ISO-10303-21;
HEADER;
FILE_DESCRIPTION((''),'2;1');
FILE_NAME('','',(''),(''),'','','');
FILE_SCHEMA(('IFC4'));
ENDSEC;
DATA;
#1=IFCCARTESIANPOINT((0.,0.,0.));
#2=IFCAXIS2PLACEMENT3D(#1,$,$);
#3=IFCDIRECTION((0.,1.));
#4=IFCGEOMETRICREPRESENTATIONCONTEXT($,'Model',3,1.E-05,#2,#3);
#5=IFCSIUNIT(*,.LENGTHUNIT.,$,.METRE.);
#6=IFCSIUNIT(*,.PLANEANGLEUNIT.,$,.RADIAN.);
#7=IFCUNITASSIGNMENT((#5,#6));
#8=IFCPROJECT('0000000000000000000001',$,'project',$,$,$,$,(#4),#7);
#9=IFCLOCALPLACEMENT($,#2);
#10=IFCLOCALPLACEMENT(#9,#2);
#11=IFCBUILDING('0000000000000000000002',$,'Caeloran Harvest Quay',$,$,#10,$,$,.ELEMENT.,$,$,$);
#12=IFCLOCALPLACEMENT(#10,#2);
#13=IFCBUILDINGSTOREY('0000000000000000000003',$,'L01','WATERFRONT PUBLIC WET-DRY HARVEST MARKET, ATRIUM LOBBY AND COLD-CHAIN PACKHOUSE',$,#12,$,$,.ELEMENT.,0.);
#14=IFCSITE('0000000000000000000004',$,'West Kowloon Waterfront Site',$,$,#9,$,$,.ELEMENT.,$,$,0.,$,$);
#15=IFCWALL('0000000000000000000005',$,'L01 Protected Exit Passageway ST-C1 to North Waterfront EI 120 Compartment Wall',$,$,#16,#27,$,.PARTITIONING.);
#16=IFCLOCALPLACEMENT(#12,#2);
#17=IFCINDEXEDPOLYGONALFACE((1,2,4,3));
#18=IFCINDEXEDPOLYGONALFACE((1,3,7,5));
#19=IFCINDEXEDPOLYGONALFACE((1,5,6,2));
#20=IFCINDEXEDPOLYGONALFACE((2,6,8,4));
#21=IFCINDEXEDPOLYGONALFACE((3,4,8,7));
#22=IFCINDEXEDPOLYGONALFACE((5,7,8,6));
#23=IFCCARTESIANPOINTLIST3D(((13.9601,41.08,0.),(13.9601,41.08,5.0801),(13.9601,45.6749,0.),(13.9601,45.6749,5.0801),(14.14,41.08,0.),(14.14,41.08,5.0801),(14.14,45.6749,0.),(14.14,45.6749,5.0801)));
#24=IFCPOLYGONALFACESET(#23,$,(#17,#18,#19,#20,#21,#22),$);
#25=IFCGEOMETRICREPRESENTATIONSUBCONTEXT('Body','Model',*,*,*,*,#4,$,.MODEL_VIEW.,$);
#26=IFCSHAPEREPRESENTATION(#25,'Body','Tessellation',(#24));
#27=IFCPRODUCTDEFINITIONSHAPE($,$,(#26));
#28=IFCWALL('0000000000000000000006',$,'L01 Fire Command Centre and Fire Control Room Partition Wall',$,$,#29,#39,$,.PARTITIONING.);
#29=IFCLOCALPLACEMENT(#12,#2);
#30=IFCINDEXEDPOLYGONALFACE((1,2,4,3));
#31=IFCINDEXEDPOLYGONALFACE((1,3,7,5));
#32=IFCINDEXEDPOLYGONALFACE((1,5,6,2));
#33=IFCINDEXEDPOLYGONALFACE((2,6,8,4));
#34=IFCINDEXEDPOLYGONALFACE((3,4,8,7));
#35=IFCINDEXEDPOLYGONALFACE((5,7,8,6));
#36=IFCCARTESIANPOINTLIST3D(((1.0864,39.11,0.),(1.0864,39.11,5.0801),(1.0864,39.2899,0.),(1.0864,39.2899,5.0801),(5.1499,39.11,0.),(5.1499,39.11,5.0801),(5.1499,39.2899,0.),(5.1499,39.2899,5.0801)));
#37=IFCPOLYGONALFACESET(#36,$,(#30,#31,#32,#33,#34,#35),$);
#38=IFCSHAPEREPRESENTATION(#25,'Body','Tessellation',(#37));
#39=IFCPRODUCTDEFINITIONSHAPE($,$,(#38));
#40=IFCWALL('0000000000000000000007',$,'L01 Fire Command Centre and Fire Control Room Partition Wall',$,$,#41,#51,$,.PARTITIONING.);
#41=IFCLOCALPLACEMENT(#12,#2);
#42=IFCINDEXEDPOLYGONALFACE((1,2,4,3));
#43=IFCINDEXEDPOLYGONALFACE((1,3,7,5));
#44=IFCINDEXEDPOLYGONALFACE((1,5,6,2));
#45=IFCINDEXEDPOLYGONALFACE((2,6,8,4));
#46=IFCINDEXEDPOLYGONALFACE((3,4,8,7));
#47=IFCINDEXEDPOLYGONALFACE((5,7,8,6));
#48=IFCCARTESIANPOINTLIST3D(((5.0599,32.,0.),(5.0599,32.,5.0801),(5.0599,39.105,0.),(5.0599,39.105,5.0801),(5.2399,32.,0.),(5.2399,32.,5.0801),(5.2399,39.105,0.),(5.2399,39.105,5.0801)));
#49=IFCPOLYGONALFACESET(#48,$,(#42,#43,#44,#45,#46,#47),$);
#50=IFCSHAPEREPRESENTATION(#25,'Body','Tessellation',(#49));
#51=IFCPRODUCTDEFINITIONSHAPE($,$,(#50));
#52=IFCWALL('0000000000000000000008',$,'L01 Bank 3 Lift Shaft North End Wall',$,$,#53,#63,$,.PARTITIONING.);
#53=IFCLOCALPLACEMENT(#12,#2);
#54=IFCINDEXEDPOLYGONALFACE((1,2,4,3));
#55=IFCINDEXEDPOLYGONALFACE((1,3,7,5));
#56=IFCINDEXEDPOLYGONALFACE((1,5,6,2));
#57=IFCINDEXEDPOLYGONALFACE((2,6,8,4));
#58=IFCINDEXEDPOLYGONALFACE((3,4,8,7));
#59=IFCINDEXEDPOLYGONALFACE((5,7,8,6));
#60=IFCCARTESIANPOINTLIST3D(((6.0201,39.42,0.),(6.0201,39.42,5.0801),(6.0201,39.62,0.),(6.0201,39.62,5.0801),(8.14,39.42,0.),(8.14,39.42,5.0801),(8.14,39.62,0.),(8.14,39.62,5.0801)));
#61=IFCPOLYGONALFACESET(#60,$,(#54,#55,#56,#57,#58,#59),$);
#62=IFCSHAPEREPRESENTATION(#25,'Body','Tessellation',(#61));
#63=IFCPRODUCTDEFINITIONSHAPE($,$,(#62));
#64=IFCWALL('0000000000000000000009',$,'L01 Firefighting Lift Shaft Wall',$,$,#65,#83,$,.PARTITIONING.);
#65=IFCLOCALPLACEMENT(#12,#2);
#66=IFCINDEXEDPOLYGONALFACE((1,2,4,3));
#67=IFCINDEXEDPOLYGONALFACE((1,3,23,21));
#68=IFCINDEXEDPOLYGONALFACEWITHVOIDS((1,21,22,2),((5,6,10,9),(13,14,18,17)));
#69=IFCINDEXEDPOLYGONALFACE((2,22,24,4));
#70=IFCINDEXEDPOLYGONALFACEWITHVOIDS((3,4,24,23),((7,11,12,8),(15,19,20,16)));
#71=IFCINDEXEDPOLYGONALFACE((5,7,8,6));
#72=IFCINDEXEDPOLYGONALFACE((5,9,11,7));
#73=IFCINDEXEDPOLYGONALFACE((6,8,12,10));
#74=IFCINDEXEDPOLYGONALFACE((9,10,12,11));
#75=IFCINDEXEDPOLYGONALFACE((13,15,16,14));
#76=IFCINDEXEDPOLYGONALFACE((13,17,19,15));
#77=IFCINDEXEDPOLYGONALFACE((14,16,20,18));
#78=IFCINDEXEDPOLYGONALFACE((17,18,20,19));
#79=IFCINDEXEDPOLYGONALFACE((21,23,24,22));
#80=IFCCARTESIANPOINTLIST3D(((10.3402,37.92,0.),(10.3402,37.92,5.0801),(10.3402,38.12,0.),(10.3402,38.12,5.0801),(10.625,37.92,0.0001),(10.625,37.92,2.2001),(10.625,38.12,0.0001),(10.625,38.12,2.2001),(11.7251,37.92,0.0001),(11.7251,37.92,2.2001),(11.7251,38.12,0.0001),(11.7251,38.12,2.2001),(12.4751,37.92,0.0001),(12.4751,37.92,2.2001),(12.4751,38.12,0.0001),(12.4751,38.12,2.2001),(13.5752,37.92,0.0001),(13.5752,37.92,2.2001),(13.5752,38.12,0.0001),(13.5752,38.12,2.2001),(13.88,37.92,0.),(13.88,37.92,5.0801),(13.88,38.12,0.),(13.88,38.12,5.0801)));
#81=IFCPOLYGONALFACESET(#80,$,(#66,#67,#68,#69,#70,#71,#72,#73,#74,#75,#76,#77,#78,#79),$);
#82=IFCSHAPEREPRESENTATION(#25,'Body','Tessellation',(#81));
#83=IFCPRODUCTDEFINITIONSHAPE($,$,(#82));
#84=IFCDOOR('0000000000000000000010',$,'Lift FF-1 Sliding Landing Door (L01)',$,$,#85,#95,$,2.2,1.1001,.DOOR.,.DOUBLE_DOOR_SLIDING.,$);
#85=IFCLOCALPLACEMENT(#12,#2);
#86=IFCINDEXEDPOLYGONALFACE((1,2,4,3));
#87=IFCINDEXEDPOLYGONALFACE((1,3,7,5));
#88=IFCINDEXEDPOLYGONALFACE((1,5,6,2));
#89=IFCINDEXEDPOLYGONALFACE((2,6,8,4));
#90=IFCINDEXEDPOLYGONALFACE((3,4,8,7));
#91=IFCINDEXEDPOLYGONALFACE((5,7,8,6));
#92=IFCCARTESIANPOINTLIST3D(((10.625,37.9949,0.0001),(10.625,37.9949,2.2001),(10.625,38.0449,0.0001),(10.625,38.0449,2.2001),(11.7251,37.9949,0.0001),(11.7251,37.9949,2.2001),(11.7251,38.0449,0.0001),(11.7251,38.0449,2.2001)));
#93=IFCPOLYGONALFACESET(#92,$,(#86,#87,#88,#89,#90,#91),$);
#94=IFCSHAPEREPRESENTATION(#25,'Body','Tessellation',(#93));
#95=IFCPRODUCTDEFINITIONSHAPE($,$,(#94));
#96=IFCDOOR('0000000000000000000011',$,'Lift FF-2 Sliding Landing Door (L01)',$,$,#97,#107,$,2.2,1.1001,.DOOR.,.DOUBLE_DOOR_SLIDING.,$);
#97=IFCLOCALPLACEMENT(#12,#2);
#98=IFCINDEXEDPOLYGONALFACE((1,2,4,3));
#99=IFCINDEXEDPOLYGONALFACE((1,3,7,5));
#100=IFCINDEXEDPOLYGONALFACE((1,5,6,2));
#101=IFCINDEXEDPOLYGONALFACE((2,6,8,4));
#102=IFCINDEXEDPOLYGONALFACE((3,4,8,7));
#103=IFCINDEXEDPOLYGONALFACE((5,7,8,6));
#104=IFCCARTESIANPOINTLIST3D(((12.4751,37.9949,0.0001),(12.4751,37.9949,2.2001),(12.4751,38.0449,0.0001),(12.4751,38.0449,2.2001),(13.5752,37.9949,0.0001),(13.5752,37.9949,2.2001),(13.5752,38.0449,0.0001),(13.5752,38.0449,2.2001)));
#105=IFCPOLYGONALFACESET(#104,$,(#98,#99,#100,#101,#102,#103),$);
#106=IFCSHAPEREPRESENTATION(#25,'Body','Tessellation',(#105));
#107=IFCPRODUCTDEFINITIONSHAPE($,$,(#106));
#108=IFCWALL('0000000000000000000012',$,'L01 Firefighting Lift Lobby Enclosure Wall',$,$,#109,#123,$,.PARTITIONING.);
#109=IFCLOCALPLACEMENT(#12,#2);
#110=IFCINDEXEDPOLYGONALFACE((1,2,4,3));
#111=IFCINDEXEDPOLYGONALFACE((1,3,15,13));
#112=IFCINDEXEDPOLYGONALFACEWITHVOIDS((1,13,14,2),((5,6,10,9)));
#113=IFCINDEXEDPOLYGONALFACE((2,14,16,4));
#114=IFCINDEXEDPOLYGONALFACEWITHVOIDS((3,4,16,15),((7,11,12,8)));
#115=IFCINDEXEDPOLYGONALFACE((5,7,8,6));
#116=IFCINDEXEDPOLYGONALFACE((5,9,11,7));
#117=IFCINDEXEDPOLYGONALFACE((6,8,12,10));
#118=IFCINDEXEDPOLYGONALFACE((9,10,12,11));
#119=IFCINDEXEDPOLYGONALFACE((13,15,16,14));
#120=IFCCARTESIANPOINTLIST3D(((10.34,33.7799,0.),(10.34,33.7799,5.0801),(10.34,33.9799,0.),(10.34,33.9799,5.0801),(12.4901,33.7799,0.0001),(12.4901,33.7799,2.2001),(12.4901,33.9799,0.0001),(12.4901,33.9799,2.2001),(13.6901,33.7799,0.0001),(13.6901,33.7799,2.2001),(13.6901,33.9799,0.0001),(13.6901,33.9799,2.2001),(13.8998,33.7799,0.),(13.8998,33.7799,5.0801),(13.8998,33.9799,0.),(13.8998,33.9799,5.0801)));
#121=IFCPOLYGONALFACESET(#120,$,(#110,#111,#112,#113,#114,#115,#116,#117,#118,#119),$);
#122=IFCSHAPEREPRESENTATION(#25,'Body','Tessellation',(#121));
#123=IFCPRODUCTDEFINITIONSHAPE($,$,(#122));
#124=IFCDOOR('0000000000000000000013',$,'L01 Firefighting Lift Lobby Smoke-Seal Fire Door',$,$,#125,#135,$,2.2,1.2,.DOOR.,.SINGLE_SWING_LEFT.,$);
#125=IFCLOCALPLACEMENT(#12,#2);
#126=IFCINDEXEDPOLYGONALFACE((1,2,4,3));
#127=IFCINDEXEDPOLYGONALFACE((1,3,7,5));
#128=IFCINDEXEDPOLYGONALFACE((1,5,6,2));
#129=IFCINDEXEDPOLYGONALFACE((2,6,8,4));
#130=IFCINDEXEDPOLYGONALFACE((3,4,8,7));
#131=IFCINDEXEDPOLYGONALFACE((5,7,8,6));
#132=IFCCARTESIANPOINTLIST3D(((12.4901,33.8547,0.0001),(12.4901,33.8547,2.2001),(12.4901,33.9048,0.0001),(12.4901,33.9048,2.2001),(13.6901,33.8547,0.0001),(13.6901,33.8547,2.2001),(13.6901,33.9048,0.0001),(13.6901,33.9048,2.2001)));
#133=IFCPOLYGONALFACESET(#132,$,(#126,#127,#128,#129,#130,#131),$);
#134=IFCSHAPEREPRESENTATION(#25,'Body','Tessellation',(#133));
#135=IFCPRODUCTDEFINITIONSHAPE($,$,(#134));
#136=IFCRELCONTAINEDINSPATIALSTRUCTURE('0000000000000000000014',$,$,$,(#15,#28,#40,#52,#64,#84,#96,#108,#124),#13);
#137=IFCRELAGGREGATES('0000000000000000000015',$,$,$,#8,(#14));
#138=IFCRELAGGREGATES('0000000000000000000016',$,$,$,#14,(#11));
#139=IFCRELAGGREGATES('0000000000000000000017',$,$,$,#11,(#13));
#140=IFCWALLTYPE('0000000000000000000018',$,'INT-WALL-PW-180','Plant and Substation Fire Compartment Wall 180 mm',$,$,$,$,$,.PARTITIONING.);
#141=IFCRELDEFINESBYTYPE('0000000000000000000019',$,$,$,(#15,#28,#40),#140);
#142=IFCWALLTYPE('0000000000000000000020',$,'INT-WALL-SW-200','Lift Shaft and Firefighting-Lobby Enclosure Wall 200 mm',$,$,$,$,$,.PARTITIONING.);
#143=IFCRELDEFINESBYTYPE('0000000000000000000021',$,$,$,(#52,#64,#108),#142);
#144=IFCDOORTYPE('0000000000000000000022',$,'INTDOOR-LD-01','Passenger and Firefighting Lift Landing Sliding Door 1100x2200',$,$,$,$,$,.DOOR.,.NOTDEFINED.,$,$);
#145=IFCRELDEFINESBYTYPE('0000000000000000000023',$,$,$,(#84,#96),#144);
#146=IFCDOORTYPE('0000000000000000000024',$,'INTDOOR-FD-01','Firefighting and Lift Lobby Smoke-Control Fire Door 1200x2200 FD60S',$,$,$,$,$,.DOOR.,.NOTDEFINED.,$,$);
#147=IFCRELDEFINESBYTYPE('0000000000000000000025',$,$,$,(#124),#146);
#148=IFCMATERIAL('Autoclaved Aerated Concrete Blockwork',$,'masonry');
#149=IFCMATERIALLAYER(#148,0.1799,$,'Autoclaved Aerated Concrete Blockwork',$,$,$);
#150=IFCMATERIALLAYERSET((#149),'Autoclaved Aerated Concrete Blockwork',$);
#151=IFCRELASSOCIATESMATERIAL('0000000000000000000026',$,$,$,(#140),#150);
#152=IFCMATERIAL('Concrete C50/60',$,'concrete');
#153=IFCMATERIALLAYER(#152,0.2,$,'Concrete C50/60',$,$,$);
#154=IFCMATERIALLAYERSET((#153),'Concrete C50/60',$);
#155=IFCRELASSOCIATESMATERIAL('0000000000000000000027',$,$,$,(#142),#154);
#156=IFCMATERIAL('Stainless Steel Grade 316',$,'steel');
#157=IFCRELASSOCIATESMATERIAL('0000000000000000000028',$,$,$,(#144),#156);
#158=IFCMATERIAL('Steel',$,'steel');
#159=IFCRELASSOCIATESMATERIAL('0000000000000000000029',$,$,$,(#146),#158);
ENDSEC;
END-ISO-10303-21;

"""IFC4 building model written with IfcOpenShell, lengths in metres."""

from ifc_helpers import new_model, si_unit, direction, frame, frame_2d, origin, place, context, subcontext, project, spatial, rectangle, extrude, material, layer, layer_set, type_object, element, fill, save


model = new_model("IFC4")

# Units and contexts
model_context = context("Model", 3, precision=1e-05, world=origin(), true_north=direction((0.0, 1.0)))
body_context = subcontext(model_context, "Body", "Model", "MODEL_VIEW")
ifc_project = project(units=[si_unit("LENGTHUNIT", "METRE"), si_unit("PLANEANGLEUNIT", "RADIAN")], contexts=[model_context])

# Site, building, storey
site_placement = place(None, origin())
site = spatial("IfcSite", under=ifc_project, at=site_placement, Name="West Kowloon Waterfront Site", CompositionType="ELEMENT", RefElevation=0.0)
building_placement = place(site_placement, origin())
building = spatial("IfcBuilding", under=site, at=building_placement, Name="Caeloran Harvest Quay", CompositionType="ELEMENT")
storey_placement = place(building_placement, origin())
storey = spatial("IfcBuildingStorey", under=building, at=storey_placement, Name="L01", Description="WATERFRONT PUBLIC WET-DRY HARVEST MARKET, ATRIUM LOBBY AND COLD-CHAIN PACKHOUSE", CompositionType="ELEMENT", Elevation=0.0)

# Walls
ifc_material_1 = material(Name="Autoclaved Aerated Concrete Blockwork", Category="masonry")
ifc_layer_1 = layer(ifc_material_1, 0.1799, Name="Autoclaved Aerated Concrete Blockwork")
ifc_layer_set_1 = layer_set([ifc_layer_1], Name="Autoclaved Aerated Concrete Blockwork")
wall_type_1 = type_object("IfcWallType", Name="INT-WALL-PW-180", Description="Plant and Substation Fire Compartment Wall 180 mm", PredefinedType="PARTITIONING", material=ifc_layer_set_1)
wall_1_placement = place(storey_placement, frame((14.05, 41.0801, 0.0), z_axis=(0.0, 0.0, 1.0), x_axis=(0.0, 1.0, 0.0)))
element("IfcWall", 1, at=wall_1_placement, inside=storey, type_object=wall_type_1, Name="L01 Protected Exit Passageway ST-C1 to North Waterfront EI 120 Compartment Wall", PredefinedType="PARTITIONING", context=body_context, shape_type="SweptSolid", body=[
    extrude(rectangle(XDim=4.595, YDim=0.1799, at=frame_2d((2.2974, 0.0))), origin(), (0.0, 0.0, 1.0), 5.0801),
])
wall_2_placement = place(storey_placement, frame((1.0864, 39.2, 0.0), z_axis=(0.0, 0.0, 1.0), x_axis=(1.0, 0.0, 0.0)))
element("IfcWall", 2, at=wall_2_placement, inside=storey, type_object=wall_type_1, Name="L01 Fire Command Centre and Fire Control Room Partition Wall", PredefinedType="PARTITIONING", context=body_context, shape_type="SweptSolid", body=[
    extrude(rectangle(XDim=4.0635, YDim=0.1799, at=frame_2d((2.0317, 0.0))), origin(), (0.0, 0.0, 1.0), 5.0801),
])
wall_3_placement = place(storey_placement, frame((5.1499, 39.105, 0.0), z_axis=(0.0, 0.0, 1.0), x_axis=(0.0, -1.0, 0.0)))
element("IfcWall", 3, at=wall_3_placement, inside=storey, type_object=wall_type_1, Name="L01 Fire Command Centre and Fire Control Room Partition Wall", PredefinedType="PARTITIONING", context=body_context, shape_type="SweptSolid", body=[
    extrude(rectangle(XDim=7.105, YDim=0.1799, at=frame_2d((3.5525, 0.0))), origin(), (0.0, 0.0, 1.0), 5.0801),
])
ifc_material_2 = material(Name="Concrete C50/60", Category="concrete")
ifc_layer_2 = layer(ifc_material_2, 0.2, Name="Concrete C50/60")
ifc_layer_set_2 = layer_set([ifc_layer_2], Name="Concrete C50/60")
wall_type_2 = type_object("IfcWallType", Name="INT-WALL-SW-200", Description="Lift Shaft and Firefighting-Lobby Enclosure Wall 200 mm", PredefinedType="PARTITIONING", material=ifc_layer_set_2)
wall_4_placement = place(storey_placement, frame((6.02, 39.52, 0.0), z_axis=(0.0, 0.0, 1.0), x_axis=(1.0, 0.0, 0.0)))
element("IfcWall", 4, at=wall_4_placement, inside=storey, type_object=wall_type_2, Name="L01 Bank 3 Lift Shaft North End Wall", PredefinedType="PARTITIONING", context=body_context, shape_type="SweptSolid", body=[
    extrude(rectangle(XDim=2.1199, YDim=0.2, at=frame_2d((1.0601, 0.0))), origin(), (0.0, 0.0, 1.0), 5.0801),
])

# Wall, openings, doors
wall_5_placement = place(storey_placement, frame((10.3401, 38.02, 0.0), z_axis=(0.0, 0.0, 1.0), x_axis=(1.0, 0.0, 0.0)))
wall_5 = element("IfcWall", 5, at=wall_5_placement, inside=storey, type_object=wall_type_2, Name="L01 Firefighting Lift Shaft Wall", PredefinedType="PARTITIONING", context=body_context, shape_type="SweptSolid", body=[
    extrude(rectangle(XDim=3.5398, YDim=0.2, at=frame_2d((1.77, 0.0))), origin(), (0.0, 0.0, 1.0), 5.0801),
])
opening_1_placement = place(wall_5_placement, frame((0.2849, 0.0, 0.0)))
opening_1 = element("IfcOpeningElement", 6, at=opening_1_placement, cuts=wall_5, PredefinedType="OPENING", context=body_context, shape_type="SweptSolid", body=[
    extrude(rectangle(XDim=1.1001, YDim=2.2, at=frame_2d((0.55, 1.1001))), frame((0.0, 0.1099, 0.0), z_axis=(0.0, -1.0, 0.0), x_axis=(1.0, 0.0, 0.0)), (0.0, 0.0, 1.0), 0.22),
])
opening_2_placement = place(wall_5_placement, frame((2.135, 0.0, 0.0)))
opening_2 = element("IfcOpeningElement", 7, at=opening_2_placement, cuts=wall_5, PredefinedType="OPENING", context=body_context, shape_type="SweptSolid", body=[
    extrude(rectangle(XDim=1.1001, YDim=2.2, at=frame_2d((0.55, 1.1001))), frame((0.0, 0.1099, 0.0), z_axis=(0.0, -1.0, 0.0), x_axis=(1.0, 0.0, 0.0)), (0.0, 0.0, 1.0), 0.22),
])
ifc_material_3 = material(Name="Stainless Steel Grade 316", Category="steel")
door_type_1 = type_object("IfcDoorType", Name="INTDOOR-LD-01", Description="Passenger and Firefighting Lift Landing Sliding Door 1100x2200", OperationType="NOTDEFINED", PredefinedType="DOOR", material=ifc_material_3)
door_1_placement = place(opening_1_placement, origin())
door_1 = element("IfcDoor", 8, at=door_1_placement, inside=storey, type_object=door_type_1, Name="Lift FF-1 Sliding Landing Door (L01)", OperationType="DOUBLE_DOOR_SLIDING", OverallHeight=2.2, OverallWidth=1.1001, PredefinedType="DOOR", context=body_context, shape_type="SweptSolid", body=[
    extrude(rectangle(XDim=1.1001, YDim=2.2, at=frame_2d((0.55, 1.1001))), frame((0.0, 0.0249, 0.0), z_axis=(0.0, -1.0, 0.0), x_axis=(1.0, 0.0, 0.0)), (0.0, 0.0, 1.0), 0.05),
])
fill(opening_1, door_1)
door_2_placement = place(opening_2_placement, origin())
door_2 = element("IfcDoor", 9, at=door_2_placement, inside=storey, type_object=door_type_1, Name="Lift FF-2 Sliding Landing Door (L01)", OperationType="DOUBLE_DOOR_SLIDING", OverallHeight=2.2, OverallWidth=1.1001, PredefinedType="DOOR", context=body_context, shape_type="SweptSolid", body=[
    extrude(rectangle(XDim=1.1001, YDim=2.2, at=frame_2d((0.55, 1.1001))), frame((0.0, 0.0249, 0.0), z_axis=(0.0, -1.0, 0.0), x_axis=(1.0, 0.0, 0.0)), (0.0, 0.0, 1.0), 0.05),
])
fill(opening_2, door_2)

# Wall, opening, door
wall_6_placement = place(storey_placement, frame((10.3401, 33.8799, 0.0), z_axis=(0.0, 0.0, 1.0), x_axis=(1.0, 0.0, 0.0)))
wall_6 = element("IfcWall", 10, at=wall_6_placement, inside=storey, type_object=wall_type_2, Name="L01 Firefighting Lift Lobby Enclosure Wall", PredefinedType="PARTITIONING", context=body_context, shape_type="SweptSolid", body=[
    extrude(rectangle(XDim=3.5598, YDim=0.2, at=frame_2d((1.7798, 0.0))), origin(), (0.0, 0.0, 1.0), 5.0801),
])
opening_3_placement = place(wall_6_placement, frame((2.1499, 0.0, 0.0)))
opening_3 = element("IfcOpeningElement", 11, at=opening_3_placement, cuts=wall_6, PredefinedType="OPENING", context=body_context, shape_type="SweptSolid", body=[
    extrude(rectangle(XDim=1.2, YDim=2.2, at=frame_2d((0.6001, 1.1001))), frame((0.0, 0.1099, 0.0), z_axis=(0.0, -1.0, 0.0), x_axis=(1.0, 0.0, 0.0)), (0.0, 0.0, 1.0), 0.22),
])
ifc_material_4 = material(Name="Steel", Category="steel")
door_type_2 = type_object("IfcDoorType", Name="INTDOOR-FD-01", Description="Firefighting and Lift Lobby Smoke-Control Fire Door 1200x2200 FD60S", OperationType="NOTDEFINED", PredefinedType="DOOR", material=ifc_material_4)
door_3_placement = place(opening_3_placement, origin())
door_3 = element("IfcDoor", 12, at=door_3_placement, inside=storey, type_object=door_type_2, Name="L01 Firefighting Lift Lobby Smoke-Seal Fire Door", OperationType="SINGLE_SWING_LEFT", OverallHeight=2.2, OverallWidth=1.2, PredefinedType="DOOR", context=body_context, shape_type="SweptSolid", body=[
    extrude(rectangle(XDim=1.2, YDim=2.2, at=frame_2d((0.6001, 1.1001))), frame((0.0, 0.0249, 0.0), z_axis=(0.0, -1.0, 0.0), x_axis=(1.0, 0.0, 0.0)), (0.0, 0.0, 1.0), 0.05),
])
fill(opening_3, door_3)

save(model, "model.ifc")
